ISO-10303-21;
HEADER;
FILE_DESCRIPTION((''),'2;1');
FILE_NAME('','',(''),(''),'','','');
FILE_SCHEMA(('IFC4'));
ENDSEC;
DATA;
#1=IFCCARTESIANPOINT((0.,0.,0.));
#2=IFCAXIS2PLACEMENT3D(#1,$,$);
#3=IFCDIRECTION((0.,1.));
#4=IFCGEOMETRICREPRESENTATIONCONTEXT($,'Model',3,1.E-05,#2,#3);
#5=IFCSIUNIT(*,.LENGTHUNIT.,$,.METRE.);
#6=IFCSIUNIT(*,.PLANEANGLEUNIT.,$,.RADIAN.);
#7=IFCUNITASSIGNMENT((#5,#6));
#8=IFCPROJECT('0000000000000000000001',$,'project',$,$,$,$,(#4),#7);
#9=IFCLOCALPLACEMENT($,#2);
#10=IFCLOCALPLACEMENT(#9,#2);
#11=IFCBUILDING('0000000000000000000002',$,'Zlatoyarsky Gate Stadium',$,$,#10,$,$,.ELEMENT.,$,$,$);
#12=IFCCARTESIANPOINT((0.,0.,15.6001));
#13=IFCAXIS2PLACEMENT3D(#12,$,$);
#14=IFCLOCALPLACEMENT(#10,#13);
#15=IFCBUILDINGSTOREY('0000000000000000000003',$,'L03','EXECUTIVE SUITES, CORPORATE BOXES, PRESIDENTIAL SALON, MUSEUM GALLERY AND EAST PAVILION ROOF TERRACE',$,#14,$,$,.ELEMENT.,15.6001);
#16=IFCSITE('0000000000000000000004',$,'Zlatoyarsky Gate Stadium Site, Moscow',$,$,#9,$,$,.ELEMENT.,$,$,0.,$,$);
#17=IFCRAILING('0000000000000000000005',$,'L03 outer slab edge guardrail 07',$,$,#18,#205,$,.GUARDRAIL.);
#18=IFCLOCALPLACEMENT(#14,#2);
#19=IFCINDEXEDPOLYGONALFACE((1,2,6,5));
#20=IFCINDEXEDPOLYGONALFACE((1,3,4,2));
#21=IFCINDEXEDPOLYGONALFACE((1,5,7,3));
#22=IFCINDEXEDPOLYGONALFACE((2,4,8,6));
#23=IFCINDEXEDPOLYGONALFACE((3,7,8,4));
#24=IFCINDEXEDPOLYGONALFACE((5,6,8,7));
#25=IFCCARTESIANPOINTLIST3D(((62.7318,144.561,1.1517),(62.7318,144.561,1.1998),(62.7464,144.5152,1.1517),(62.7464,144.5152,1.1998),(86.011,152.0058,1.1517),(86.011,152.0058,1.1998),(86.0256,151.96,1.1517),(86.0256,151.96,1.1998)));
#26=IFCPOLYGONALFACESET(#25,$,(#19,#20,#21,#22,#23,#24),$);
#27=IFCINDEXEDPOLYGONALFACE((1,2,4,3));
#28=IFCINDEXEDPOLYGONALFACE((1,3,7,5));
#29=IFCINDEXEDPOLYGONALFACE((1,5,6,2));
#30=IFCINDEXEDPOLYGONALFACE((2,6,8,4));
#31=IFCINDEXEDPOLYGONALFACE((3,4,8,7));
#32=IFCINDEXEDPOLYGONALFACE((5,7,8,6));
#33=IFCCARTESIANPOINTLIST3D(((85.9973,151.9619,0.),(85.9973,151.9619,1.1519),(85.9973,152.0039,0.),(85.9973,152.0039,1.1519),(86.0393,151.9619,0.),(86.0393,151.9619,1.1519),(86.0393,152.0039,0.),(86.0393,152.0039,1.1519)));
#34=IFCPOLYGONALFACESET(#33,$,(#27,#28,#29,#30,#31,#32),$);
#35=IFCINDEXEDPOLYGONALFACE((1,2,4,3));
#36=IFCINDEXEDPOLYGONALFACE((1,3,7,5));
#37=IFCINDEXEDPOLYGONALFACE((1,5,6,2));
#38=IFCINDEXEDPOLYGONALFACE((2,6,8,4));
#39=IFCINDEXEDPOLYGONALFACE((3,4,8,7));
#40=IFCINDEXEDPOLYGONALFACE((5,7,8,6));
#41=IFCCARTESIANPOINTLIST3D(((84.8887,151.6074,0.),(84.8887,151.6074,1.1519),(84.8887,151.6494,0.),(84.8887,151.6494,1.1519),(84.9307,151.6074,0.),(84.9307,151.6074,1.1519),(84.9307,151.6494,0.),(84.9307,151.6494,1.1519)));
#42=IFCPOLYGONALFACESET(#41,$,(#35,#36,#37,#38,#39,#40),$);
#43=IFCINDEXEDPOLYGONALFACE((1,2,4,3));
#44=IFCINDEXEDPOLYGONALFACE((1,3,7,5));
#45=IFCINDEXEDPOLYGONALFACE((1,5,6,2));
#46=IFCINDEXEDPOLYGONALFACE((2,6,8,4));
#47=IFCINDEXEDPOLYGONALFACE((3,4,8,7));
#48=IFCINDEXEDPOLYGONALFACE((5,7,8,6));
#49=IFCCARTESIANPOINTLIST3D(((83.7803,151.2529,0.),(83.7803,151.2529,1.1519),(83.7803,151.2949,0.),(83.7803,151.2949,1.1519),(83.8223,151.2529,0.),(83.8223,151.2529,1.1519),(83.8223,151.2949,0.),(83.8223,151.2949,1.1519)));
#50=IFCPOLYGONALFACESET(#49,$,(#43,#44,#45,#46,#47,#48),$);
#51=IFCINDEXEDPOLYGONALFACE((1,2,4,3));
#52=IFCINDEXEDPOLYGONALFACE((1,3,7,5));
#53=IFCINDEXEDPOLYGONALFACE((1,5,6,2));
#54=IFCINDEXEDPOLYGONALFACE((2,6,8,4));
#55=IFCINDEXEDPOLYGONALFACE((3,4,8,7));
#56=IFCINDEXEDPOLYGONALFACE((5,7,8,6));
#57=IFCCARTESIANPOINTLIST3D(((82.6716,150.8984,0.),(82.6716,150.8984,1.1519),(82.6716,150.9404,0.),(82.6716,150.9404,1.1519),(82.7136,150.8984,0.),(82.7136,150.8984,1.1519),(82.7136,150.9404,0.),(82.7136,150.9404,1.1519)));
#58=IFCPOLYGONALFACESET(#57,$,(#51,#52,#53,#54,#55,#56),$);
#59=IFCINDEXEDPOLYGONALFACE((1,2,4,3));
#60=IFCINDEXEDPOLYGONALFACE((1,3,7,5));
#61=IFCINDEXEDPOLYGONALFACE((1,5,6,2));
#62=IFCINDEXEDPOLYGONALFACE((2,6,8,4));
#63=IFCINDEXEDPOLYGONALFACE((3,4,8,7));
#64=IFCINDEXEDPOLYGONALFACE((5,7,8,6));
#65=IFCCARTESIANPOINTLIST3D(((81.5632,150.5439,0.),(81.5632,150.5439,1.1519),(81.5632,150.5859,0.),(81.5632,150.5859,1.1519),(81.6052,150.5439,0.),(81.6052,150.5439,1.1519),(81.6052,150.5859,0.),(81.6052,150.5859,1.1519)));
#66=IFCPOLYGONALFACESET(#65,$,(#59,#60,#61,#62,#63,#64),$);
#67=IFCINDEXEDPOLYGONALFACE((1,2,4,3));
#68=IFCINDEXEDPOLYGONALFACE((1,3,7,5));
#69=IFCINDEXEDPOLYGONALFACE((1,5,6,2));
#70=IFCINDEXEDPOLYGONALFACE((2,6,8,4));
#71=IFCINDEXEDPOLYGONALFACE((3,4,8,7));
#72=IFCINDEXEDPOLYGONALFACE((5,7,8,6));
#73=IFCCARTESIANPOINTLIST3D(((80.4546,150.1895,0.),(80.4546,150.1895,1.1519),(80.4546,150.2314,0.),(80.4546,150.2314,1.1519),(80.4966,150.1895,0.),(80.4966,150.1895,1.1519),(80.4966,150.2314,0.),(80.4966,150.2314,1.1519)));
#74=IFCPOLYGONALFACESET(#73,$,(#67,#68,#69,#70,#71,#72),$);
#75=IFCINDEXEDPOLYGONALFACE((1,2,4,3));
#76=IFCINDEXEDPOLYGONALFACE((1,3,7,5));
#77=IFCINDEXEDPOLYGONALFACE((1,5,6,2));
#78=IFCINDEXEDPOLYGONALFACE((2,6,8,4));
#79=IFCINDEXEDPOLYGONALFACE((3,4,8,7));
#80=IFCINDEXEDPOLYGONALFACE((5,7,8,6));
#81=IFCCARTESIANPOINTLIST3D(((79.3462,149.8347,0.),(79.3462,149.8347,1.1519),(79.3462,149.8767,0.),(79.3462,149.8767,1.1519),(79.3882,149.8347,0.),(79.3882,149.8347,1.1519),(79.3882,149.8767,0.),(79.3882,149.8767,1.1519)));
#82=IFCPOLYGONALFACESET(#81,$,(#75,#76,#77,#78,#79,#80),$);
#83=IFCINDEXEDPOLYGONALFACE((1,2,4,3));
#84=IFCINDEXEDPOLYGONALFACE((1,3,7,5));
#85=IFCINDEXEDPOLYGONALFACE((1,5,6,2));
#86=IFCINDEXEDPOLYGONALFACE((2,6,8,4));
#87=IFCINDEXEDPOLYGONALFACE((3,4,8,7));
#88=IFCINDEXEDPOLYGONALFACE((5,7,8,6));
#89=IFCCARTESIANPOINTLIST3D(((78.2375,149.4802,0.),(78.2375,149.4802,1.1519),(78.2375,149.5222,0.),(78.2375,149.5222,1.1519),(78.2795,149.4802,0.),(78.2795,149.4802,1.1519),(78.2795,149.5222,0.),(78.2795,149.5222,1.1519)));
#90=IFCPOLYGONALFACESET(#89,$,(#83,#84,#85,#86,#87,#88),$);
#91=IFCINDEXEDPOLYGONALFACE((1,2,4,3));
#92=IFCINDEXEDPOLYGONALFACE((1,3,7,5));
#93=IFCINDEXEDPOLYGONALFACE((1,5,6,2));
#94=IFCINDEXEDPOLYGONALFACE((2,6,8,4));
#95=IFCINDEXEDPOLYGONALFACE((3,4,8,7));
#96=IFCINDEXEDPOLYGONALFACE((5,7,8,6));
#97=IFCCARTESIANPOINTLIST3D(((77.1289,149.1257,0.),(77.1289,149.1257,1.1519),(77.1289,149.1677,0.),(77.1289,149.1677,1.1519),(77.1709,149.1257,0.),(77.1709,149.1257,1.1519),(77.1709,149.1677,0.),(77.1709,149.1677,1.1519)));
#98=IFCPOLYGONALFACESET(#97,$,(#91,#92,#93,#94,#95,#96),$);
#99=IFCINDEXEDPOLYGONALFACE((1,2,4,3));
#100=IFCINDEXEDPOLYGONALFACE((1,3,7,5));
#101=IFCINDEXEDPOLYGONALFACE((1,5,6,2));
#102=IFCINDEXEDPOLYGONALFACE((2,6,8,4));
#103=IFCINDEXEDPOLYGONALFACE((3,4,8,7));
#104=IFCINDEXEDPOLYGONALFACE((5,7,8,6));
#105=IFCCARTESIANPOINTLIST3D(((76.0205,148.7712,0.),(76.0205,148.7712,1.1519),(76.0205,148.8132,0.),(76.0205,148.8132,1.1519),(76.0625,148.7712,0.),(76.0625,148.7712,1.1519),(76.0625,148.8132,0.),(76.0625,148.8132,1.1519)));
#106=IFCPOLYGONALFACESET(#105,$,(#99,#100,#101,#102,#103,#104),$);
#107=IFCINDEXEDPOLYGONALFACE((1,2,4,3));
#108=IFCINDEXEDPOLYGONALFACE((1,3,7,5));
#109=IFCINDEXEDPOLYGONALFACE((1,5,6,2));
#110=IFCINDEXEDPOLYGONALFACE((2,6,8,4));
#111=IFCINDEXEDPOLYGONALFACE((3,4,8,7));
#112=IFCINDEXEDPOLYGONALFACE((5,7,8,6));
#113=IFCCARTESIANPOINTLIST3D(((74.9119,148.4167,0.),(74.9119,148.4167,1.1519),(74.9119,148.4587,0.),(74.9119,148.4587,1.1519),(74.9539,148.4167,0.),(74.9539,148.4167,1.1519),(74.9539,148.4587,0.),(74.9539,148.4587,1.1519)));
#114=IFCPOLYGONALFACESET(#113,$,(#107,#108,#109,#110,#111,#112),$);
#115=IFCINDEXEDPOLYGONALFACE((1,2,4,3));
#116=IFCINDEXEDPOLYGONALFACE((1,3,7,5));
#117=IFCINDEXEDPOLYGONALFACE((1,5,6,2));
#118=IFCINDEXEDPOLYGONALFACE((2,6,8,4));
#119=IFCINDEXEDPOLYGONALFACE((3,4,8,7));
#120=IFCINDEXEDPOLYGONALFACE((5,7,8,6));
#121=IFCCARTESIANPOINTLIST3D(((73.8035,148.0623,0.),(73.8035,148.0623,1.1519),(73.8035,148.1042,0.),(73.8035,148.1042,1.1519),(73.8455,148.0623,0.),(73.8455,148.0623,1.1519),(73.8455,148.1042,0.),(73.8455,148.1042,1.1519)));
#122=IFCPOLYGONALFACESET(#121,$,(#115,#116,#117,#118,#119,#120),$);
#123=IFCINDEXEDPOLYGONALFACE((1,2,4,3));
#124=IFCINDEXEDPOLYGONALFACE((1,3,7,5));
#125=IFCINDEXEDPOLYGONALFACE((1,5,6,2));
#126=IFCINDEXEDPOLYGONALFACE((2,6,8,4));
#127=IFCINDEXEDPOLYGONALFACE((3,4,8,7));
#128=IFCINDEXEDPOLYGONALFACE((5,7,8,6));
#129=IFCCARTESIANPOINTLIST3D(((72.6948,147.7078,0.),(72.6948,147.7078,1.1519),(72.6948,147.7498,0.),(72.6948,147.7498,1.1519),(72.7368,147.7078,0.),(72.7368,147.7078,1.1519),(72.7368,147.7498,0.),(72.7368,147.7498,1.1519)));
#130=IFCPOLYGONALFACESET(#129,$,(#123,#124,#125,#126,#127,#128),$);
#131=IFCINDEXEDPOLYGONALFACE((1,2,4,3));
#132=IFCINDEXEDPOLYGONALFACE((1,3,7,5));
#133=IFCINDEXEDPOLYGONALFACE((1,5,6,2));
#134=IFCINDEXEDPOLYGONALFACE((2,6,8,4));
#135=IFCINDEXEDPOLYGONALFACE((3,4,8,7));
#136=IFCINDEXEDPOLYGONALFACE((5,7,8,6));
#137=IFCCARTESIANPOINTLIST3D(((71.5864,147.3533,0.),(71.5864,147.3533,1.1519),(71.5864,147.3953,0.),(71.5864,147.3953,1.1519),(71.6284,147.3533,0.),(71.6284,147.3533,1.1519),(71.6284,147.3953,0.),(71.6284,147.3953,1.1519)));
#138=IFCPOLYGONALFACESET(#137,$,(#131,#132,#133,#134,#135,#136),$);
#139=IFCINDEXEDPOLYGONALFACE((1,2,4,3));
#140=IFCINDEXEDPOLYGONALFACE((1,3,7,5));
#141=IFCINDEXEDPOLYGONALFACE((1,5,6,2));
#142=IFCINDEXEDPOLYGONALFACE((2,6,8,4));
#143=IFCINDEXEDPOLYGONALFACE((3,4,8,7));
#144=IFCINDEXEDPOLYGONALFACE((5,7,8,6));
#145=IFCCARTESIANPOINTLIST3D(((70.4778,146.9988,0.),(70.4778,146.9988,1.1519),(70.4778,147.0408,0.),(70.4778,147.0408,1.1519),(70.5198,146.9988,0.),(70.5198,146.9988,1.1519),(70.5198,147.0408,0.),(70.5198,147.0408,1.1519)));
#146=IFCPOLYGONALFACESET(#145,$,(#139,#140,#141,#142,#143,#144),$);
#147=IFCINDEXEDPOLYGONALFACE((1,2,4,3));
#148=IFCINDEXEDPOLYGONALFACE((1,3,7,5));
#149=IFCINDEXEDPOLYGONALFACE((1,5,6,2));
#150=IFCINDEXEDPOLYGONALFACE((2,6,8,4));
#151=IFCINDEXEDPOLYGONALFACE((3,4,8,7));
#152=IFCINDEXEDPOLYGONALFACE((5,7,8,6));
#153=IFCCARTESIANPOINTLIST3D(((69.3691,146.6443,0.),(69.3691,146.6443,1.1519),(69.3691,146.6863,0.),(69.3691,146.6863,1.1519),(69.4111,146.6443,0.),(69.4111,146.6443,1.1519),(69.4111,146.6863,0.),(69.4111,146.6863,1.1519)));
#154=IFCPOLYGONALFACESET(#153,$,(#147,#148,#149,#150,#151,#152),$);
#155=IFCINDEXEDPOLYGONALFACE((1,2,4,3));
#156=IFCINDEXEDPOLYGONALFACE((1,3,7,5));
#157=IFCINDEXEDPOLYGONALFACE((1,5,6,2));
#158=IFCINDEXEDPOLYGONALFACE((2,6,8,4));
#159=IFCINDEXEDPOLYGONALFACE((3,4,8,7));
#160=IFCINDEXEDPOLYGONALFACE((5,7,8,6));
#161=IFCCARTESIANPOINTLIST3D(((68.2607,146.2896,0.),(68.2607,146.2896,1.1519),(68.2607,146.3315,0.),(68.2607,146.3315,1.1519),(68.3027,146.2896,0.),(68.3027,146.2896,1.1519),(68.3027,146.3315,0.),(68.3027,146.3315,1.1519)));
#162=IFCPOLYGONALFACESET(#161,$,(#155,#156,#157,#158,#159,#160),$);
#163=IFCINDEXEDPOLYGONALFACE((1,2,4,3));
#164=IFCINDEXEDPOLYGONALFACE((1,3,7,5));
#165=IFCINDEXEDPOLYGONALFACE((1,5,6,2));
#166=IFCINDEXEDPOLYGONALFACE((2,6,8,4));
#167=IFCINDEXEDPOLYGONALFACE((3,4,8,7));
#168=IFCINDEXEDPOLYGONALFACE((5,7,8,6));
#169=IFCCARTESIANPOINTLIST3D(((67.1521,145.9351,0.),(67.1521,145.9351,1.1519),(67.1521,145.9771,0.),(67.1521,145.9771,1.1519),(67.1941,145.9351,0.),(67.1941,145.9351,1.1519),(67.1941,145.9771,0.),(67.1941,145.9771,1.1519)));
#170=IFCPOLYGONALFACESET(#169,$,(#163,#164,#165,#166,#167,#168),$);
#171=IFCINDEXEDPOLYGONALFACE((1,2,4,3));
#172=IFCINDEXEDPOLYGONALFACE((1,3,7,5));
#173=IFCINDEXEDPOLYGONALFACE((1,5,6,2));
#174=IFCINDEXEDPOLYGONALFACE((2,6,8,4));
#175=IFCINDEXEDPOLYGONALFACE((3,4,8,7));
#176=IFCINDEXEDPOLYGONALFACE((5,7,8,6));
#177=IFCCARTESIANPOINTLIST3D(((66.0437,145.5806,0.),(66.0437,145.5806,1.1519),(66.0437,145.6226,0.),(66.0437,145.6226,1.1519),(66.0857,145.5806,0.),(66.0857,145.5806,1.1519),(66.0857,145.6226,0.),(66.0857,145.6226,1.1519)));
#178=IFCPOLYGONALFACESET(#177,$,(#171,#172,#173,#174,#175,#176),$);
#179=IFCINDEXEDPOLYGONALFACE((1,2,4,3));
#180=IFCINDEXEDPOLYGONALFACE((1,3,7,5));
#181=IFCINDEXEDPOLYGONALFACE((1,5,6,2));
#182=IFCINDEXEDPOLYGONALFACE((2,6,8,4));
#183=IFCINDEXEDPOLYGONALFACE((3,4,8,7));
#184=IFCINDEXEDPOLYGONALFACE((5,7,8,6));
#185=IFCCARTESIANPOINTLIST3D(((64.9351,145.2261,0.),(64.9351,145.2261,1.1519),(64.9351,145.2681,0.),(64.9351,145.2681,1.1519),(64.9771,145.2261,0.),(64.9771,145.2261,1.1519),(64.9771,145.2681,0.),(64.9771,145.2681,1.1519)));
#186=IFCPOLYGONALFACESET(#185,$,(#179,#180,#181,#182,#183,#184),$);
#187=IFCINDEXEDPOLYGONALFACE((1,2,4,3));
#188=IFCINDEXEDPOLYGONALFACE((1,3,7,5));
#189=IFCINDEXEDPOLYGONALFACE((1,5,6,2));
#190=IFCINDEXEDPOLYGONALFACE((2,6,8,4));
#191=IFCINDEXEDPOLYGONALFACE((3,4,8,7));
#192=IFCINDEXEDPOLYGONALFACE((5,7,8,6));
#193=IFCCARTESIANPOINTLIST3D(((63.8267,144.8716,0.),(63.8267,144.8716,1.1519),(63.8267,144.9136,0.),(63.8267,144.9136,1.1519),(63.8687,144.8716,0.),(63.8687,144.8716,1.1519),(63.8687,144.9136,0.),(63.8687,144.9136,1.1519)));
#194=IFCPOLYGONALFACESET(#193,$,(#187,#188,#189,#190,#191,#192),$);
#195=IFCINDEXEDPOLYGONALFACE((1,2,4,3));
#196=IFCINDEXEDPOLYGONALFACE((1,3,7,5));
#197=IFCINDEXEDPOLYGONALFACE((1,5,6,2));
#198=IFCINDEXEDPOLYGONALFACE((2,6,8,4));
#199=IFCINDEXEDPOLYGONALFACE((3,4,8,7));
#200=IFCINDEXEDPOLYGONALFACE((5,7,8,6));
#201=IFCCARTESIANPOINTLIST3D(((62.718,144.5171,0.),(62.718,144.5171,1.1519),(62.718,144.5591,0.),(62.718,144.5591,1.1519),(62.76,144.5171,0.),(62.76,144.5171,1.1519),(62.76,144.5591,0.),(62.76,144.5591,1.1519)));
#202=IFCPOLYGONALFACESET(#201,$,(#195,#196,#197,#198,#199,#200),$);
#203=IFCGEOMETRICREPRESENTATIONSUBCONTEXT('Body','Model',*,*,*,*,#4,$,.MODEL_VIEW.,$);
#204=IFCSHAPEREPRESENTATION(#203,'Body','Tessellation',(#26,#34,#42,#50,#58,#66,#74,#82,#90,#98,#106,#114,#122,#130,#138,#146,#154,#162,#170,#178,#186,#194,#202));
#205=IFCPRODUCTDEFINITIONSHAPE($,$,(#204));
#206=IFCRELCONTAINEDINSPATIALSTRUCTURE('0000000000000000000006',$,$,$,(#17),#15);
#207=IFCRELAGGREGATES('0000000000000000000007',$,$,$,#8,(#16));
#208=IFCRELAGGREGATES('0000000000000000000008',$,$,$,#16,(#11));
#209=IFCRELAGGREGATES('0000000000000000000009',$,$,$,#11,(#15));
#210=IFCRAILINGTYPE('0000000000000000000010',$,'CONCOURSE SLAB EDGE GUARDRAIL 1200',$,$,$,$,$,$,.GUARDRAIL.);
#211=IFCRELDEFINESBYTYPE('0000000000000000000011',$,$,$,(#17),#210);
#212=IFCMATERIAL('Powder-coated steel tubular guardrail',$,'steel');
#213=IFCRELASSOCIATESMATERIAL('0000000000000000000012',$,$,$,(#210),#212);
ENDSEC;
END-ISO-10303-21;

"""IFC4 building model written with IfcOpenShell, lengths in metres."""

from ifc_helpers import new_model, si_unit, direction, frame, origin, origin_2d, place, context, subcontext, project, spatial, rectangle, extrude, material, type_object, element, save


model = new_model("IFC4")

# Units and contexts
model_context = context("Model", 3, precision=1e-05, world=origin(), true_north=direction((0.0, 1.0)))
body_context = subcontext(model_context, "Body", "Model", "MODEL_VIEW")
ifc_project = project(units=[si_unit("LENGTHUNIT", "METRE"), si_unit("PLANEANGLEUNIT", "RADIAN")], contexts=[model_context])

# Site, building, storey
site_placement = place(None, origin())
site = spatial("IfcSite", under=ifc_project, at=site_placement, Name="Zlatoyarsky Gate Stadium Site, Moscow", CompositionType="ELEMENT", RefElevation=0.0)
building_placement = place(site_placement, origin())
building = spatial("IfcBuilding", under=site, at=building_placement, Name="Zlatoyarsky Gate Stadium", CompositionType="ELEMENT")
storey_placement = place(building_placement, frame((0.0, 0.0, 15.6001)))
storey = spatial("IfcBuildingStorey", under=building, at=storey_placement, Name="L03", Description="EXECUTIVE SUITES, CORPORATE BOXES, PRESIDENTIAL SALON, MUSEUM GALLERY AND EAST PAVILION ROOF TERRACE", CompositionType="ELEMENT", Elevation=15.6001)

# Railing
ifc_material_1 = material(Name="Powder-coated steel tubular guardrail", Category="steel")
railing_type = type_object("IfcRailingType", Name="CONCOURSE SLAB EDGE GUARDRAIL 1200", PredefinedType="GUARDRAIL", material=ifc_material_1)
railing_placement = place(storey_placement, frame((86.0183, 151.9829, 0.0)))
element("IfcRailing", 1, at=railing_placement, inside=storey, type_object=railing_type, Name="L03 outer slab edge guardrail 07", PredefinedType="GUARDRAIL", context=body_context, shape_type="SweptSolid", body=[
    extrude(rectangle(XDim=0.0481, YDim=0.0481, at=origin_2d()), frame((0.0, 0.0, 1.1758), z_axis=(-0.952478, -0.304607, 0.0), x_axis=(0.304607, -0.952478, 0.0)), (0.0, 0.0, 1.0), 24.4407),
    extrude(rectangle(XDim=0.042, YDim=0.042, at=origin_2d()), origin(), (0.0, 0.0, 1.0), 1.1519),
    extrude(rectangle(XDim=0.042, YDim=0.042, at=origin_2d()), frame((-1.1086, -0.3545, 0.0)), (0.0, 0.0, 1.0), 1.1519),
    extrude(rectangle(XDim=0.042, YDim=0.042, at=origin_2d()), frame((-2.217, -0.709, 0.0)), (0.0, 0.0, 1.0), 1.1519),
    extrude(rectangle(XDim=0.042, YDim=0.042, at=origin_2d()), frame((-3.3257, -1.0635, 0.0)), (0.0, 0.0, 1.0), 1.1519),
    extrude(rectangle(XDim=0.042, YDim=0.042, at=origin_2d()), frame((-4.4341, -1.418, 0.0)), (0.0, 0.0, 1.0), 1.1519),
    extrude(rectangle(XDim=0.042, YDim=0.042, at=origin_2d()), frame((-5.5427, -1.7725, 0.0)), (0.0, 0.0, 1.0), 1.1519),
    extrude(rectangle(XDim=0.042, YDim=0.042, at=origin_2d()), frame((-6.6511, -2.1272, 0.0)), (0.0, 0.0, 1.0), 1.1519),
    extrude(rectangle(XDim=0.042, YDim=0.042, at=origin_2d()), frame((-7.7598, -2.4817, 0.0)), (0.0, 0.0, 1.0), 1.1519),
    extrude(rectangle(XDim=0.042, YDim=0.042, at=origin_2d()), frame((-8.8684, -2.8362, 0.0)), (0.0, 0.0, 1.0), 1.1519),
    extrude(rectangle(XDim=0.042, YDim=0.042, at=origin_2d()), frame((-9.9768, -3.1907, 0.0)), (0.0, 0.0, 1.0), 1.1519),
    extrude(rectangle(XDim=0.042, YDim=0.042, at=origin_2d()), frame((-11.0854, -3.5452, 0.0)), (0.0, 0.0, 1.0), 1.1519),
    extrude(rectangle(XDim=0.042, YDim=0.042, at=origin_2d()), frame((-12.1938, -3.8997, 0.0)), (0.0, 0.0, 1.0), 1.1519),
    extrude(rectangle(XDim=0.042, YDim=0.042, at=origin_2d()), frame((-13.3025, -4.2542, 0.0)), (0.0, 0.0, 1.0), 1.1519),
    extrude(rectangle(XDim=0.042, YDim=0.042, at=origin_2d()), frame((-14.4109, -4.6086, 0.0)), (0.0, 0.0, 1.0), 1.1519),
    extrude(rectangle(XDim=0.042, YDim=0.042, at=origin_2d()), frame((-15.5195, -4.9631, 0.0)), (0.0, 0.0, 1.0), 1.1519),
    extrude(rectangle(XDim=0.042, YDim=0.042, at=origin_2d()), frame((-16.6282, -5.3176, 0.0)), (0.0, 0.0, 1.0), 1.1519),
    extrude(rectangle(XDim=0.042, YDim=0.042, at=origin_2d()), frame((-17.7366, -5.6724, 0.0)), (0.0, 0.0, 1.0), 1.1519),
    extrude(rectangle(XDim=0.042, YDim=0.042, at=origin_2d()), frame((-18.8452, -6.0269, 0.0)), (0.0, 0.0, 1.0), 1.1519),
    extrude(rectangle(XDim=0.042, YDim=0.042, at=origin_2d()), frame((-19.9536, -6.3813, 0.0)), (0.0, 0.0, 1.0), 1.1519),
    extrude(rectangle(XDim=0.042, YDim=0.042, at=origin_2d()), frame((-21.0623, -6.7358, 0.0)), (0.0, 0.0, 1.0), 1.1519),
    extrude(rectangle(XDim=0.042, YDim=0.042, at=origin_2d()), frame((-22.1707, -7.0903, 0.0)), (0.0, 0.0, 1.0), 1.1519),
    extrude(rectangle(XDim=0.042, YDim=0.042, at=origin_2d()), frame((-23.2793, -7.4448, 0.0)), (0.0, 0.0, 1.0), 1.1519),
])

save(model, "model.ifc")
